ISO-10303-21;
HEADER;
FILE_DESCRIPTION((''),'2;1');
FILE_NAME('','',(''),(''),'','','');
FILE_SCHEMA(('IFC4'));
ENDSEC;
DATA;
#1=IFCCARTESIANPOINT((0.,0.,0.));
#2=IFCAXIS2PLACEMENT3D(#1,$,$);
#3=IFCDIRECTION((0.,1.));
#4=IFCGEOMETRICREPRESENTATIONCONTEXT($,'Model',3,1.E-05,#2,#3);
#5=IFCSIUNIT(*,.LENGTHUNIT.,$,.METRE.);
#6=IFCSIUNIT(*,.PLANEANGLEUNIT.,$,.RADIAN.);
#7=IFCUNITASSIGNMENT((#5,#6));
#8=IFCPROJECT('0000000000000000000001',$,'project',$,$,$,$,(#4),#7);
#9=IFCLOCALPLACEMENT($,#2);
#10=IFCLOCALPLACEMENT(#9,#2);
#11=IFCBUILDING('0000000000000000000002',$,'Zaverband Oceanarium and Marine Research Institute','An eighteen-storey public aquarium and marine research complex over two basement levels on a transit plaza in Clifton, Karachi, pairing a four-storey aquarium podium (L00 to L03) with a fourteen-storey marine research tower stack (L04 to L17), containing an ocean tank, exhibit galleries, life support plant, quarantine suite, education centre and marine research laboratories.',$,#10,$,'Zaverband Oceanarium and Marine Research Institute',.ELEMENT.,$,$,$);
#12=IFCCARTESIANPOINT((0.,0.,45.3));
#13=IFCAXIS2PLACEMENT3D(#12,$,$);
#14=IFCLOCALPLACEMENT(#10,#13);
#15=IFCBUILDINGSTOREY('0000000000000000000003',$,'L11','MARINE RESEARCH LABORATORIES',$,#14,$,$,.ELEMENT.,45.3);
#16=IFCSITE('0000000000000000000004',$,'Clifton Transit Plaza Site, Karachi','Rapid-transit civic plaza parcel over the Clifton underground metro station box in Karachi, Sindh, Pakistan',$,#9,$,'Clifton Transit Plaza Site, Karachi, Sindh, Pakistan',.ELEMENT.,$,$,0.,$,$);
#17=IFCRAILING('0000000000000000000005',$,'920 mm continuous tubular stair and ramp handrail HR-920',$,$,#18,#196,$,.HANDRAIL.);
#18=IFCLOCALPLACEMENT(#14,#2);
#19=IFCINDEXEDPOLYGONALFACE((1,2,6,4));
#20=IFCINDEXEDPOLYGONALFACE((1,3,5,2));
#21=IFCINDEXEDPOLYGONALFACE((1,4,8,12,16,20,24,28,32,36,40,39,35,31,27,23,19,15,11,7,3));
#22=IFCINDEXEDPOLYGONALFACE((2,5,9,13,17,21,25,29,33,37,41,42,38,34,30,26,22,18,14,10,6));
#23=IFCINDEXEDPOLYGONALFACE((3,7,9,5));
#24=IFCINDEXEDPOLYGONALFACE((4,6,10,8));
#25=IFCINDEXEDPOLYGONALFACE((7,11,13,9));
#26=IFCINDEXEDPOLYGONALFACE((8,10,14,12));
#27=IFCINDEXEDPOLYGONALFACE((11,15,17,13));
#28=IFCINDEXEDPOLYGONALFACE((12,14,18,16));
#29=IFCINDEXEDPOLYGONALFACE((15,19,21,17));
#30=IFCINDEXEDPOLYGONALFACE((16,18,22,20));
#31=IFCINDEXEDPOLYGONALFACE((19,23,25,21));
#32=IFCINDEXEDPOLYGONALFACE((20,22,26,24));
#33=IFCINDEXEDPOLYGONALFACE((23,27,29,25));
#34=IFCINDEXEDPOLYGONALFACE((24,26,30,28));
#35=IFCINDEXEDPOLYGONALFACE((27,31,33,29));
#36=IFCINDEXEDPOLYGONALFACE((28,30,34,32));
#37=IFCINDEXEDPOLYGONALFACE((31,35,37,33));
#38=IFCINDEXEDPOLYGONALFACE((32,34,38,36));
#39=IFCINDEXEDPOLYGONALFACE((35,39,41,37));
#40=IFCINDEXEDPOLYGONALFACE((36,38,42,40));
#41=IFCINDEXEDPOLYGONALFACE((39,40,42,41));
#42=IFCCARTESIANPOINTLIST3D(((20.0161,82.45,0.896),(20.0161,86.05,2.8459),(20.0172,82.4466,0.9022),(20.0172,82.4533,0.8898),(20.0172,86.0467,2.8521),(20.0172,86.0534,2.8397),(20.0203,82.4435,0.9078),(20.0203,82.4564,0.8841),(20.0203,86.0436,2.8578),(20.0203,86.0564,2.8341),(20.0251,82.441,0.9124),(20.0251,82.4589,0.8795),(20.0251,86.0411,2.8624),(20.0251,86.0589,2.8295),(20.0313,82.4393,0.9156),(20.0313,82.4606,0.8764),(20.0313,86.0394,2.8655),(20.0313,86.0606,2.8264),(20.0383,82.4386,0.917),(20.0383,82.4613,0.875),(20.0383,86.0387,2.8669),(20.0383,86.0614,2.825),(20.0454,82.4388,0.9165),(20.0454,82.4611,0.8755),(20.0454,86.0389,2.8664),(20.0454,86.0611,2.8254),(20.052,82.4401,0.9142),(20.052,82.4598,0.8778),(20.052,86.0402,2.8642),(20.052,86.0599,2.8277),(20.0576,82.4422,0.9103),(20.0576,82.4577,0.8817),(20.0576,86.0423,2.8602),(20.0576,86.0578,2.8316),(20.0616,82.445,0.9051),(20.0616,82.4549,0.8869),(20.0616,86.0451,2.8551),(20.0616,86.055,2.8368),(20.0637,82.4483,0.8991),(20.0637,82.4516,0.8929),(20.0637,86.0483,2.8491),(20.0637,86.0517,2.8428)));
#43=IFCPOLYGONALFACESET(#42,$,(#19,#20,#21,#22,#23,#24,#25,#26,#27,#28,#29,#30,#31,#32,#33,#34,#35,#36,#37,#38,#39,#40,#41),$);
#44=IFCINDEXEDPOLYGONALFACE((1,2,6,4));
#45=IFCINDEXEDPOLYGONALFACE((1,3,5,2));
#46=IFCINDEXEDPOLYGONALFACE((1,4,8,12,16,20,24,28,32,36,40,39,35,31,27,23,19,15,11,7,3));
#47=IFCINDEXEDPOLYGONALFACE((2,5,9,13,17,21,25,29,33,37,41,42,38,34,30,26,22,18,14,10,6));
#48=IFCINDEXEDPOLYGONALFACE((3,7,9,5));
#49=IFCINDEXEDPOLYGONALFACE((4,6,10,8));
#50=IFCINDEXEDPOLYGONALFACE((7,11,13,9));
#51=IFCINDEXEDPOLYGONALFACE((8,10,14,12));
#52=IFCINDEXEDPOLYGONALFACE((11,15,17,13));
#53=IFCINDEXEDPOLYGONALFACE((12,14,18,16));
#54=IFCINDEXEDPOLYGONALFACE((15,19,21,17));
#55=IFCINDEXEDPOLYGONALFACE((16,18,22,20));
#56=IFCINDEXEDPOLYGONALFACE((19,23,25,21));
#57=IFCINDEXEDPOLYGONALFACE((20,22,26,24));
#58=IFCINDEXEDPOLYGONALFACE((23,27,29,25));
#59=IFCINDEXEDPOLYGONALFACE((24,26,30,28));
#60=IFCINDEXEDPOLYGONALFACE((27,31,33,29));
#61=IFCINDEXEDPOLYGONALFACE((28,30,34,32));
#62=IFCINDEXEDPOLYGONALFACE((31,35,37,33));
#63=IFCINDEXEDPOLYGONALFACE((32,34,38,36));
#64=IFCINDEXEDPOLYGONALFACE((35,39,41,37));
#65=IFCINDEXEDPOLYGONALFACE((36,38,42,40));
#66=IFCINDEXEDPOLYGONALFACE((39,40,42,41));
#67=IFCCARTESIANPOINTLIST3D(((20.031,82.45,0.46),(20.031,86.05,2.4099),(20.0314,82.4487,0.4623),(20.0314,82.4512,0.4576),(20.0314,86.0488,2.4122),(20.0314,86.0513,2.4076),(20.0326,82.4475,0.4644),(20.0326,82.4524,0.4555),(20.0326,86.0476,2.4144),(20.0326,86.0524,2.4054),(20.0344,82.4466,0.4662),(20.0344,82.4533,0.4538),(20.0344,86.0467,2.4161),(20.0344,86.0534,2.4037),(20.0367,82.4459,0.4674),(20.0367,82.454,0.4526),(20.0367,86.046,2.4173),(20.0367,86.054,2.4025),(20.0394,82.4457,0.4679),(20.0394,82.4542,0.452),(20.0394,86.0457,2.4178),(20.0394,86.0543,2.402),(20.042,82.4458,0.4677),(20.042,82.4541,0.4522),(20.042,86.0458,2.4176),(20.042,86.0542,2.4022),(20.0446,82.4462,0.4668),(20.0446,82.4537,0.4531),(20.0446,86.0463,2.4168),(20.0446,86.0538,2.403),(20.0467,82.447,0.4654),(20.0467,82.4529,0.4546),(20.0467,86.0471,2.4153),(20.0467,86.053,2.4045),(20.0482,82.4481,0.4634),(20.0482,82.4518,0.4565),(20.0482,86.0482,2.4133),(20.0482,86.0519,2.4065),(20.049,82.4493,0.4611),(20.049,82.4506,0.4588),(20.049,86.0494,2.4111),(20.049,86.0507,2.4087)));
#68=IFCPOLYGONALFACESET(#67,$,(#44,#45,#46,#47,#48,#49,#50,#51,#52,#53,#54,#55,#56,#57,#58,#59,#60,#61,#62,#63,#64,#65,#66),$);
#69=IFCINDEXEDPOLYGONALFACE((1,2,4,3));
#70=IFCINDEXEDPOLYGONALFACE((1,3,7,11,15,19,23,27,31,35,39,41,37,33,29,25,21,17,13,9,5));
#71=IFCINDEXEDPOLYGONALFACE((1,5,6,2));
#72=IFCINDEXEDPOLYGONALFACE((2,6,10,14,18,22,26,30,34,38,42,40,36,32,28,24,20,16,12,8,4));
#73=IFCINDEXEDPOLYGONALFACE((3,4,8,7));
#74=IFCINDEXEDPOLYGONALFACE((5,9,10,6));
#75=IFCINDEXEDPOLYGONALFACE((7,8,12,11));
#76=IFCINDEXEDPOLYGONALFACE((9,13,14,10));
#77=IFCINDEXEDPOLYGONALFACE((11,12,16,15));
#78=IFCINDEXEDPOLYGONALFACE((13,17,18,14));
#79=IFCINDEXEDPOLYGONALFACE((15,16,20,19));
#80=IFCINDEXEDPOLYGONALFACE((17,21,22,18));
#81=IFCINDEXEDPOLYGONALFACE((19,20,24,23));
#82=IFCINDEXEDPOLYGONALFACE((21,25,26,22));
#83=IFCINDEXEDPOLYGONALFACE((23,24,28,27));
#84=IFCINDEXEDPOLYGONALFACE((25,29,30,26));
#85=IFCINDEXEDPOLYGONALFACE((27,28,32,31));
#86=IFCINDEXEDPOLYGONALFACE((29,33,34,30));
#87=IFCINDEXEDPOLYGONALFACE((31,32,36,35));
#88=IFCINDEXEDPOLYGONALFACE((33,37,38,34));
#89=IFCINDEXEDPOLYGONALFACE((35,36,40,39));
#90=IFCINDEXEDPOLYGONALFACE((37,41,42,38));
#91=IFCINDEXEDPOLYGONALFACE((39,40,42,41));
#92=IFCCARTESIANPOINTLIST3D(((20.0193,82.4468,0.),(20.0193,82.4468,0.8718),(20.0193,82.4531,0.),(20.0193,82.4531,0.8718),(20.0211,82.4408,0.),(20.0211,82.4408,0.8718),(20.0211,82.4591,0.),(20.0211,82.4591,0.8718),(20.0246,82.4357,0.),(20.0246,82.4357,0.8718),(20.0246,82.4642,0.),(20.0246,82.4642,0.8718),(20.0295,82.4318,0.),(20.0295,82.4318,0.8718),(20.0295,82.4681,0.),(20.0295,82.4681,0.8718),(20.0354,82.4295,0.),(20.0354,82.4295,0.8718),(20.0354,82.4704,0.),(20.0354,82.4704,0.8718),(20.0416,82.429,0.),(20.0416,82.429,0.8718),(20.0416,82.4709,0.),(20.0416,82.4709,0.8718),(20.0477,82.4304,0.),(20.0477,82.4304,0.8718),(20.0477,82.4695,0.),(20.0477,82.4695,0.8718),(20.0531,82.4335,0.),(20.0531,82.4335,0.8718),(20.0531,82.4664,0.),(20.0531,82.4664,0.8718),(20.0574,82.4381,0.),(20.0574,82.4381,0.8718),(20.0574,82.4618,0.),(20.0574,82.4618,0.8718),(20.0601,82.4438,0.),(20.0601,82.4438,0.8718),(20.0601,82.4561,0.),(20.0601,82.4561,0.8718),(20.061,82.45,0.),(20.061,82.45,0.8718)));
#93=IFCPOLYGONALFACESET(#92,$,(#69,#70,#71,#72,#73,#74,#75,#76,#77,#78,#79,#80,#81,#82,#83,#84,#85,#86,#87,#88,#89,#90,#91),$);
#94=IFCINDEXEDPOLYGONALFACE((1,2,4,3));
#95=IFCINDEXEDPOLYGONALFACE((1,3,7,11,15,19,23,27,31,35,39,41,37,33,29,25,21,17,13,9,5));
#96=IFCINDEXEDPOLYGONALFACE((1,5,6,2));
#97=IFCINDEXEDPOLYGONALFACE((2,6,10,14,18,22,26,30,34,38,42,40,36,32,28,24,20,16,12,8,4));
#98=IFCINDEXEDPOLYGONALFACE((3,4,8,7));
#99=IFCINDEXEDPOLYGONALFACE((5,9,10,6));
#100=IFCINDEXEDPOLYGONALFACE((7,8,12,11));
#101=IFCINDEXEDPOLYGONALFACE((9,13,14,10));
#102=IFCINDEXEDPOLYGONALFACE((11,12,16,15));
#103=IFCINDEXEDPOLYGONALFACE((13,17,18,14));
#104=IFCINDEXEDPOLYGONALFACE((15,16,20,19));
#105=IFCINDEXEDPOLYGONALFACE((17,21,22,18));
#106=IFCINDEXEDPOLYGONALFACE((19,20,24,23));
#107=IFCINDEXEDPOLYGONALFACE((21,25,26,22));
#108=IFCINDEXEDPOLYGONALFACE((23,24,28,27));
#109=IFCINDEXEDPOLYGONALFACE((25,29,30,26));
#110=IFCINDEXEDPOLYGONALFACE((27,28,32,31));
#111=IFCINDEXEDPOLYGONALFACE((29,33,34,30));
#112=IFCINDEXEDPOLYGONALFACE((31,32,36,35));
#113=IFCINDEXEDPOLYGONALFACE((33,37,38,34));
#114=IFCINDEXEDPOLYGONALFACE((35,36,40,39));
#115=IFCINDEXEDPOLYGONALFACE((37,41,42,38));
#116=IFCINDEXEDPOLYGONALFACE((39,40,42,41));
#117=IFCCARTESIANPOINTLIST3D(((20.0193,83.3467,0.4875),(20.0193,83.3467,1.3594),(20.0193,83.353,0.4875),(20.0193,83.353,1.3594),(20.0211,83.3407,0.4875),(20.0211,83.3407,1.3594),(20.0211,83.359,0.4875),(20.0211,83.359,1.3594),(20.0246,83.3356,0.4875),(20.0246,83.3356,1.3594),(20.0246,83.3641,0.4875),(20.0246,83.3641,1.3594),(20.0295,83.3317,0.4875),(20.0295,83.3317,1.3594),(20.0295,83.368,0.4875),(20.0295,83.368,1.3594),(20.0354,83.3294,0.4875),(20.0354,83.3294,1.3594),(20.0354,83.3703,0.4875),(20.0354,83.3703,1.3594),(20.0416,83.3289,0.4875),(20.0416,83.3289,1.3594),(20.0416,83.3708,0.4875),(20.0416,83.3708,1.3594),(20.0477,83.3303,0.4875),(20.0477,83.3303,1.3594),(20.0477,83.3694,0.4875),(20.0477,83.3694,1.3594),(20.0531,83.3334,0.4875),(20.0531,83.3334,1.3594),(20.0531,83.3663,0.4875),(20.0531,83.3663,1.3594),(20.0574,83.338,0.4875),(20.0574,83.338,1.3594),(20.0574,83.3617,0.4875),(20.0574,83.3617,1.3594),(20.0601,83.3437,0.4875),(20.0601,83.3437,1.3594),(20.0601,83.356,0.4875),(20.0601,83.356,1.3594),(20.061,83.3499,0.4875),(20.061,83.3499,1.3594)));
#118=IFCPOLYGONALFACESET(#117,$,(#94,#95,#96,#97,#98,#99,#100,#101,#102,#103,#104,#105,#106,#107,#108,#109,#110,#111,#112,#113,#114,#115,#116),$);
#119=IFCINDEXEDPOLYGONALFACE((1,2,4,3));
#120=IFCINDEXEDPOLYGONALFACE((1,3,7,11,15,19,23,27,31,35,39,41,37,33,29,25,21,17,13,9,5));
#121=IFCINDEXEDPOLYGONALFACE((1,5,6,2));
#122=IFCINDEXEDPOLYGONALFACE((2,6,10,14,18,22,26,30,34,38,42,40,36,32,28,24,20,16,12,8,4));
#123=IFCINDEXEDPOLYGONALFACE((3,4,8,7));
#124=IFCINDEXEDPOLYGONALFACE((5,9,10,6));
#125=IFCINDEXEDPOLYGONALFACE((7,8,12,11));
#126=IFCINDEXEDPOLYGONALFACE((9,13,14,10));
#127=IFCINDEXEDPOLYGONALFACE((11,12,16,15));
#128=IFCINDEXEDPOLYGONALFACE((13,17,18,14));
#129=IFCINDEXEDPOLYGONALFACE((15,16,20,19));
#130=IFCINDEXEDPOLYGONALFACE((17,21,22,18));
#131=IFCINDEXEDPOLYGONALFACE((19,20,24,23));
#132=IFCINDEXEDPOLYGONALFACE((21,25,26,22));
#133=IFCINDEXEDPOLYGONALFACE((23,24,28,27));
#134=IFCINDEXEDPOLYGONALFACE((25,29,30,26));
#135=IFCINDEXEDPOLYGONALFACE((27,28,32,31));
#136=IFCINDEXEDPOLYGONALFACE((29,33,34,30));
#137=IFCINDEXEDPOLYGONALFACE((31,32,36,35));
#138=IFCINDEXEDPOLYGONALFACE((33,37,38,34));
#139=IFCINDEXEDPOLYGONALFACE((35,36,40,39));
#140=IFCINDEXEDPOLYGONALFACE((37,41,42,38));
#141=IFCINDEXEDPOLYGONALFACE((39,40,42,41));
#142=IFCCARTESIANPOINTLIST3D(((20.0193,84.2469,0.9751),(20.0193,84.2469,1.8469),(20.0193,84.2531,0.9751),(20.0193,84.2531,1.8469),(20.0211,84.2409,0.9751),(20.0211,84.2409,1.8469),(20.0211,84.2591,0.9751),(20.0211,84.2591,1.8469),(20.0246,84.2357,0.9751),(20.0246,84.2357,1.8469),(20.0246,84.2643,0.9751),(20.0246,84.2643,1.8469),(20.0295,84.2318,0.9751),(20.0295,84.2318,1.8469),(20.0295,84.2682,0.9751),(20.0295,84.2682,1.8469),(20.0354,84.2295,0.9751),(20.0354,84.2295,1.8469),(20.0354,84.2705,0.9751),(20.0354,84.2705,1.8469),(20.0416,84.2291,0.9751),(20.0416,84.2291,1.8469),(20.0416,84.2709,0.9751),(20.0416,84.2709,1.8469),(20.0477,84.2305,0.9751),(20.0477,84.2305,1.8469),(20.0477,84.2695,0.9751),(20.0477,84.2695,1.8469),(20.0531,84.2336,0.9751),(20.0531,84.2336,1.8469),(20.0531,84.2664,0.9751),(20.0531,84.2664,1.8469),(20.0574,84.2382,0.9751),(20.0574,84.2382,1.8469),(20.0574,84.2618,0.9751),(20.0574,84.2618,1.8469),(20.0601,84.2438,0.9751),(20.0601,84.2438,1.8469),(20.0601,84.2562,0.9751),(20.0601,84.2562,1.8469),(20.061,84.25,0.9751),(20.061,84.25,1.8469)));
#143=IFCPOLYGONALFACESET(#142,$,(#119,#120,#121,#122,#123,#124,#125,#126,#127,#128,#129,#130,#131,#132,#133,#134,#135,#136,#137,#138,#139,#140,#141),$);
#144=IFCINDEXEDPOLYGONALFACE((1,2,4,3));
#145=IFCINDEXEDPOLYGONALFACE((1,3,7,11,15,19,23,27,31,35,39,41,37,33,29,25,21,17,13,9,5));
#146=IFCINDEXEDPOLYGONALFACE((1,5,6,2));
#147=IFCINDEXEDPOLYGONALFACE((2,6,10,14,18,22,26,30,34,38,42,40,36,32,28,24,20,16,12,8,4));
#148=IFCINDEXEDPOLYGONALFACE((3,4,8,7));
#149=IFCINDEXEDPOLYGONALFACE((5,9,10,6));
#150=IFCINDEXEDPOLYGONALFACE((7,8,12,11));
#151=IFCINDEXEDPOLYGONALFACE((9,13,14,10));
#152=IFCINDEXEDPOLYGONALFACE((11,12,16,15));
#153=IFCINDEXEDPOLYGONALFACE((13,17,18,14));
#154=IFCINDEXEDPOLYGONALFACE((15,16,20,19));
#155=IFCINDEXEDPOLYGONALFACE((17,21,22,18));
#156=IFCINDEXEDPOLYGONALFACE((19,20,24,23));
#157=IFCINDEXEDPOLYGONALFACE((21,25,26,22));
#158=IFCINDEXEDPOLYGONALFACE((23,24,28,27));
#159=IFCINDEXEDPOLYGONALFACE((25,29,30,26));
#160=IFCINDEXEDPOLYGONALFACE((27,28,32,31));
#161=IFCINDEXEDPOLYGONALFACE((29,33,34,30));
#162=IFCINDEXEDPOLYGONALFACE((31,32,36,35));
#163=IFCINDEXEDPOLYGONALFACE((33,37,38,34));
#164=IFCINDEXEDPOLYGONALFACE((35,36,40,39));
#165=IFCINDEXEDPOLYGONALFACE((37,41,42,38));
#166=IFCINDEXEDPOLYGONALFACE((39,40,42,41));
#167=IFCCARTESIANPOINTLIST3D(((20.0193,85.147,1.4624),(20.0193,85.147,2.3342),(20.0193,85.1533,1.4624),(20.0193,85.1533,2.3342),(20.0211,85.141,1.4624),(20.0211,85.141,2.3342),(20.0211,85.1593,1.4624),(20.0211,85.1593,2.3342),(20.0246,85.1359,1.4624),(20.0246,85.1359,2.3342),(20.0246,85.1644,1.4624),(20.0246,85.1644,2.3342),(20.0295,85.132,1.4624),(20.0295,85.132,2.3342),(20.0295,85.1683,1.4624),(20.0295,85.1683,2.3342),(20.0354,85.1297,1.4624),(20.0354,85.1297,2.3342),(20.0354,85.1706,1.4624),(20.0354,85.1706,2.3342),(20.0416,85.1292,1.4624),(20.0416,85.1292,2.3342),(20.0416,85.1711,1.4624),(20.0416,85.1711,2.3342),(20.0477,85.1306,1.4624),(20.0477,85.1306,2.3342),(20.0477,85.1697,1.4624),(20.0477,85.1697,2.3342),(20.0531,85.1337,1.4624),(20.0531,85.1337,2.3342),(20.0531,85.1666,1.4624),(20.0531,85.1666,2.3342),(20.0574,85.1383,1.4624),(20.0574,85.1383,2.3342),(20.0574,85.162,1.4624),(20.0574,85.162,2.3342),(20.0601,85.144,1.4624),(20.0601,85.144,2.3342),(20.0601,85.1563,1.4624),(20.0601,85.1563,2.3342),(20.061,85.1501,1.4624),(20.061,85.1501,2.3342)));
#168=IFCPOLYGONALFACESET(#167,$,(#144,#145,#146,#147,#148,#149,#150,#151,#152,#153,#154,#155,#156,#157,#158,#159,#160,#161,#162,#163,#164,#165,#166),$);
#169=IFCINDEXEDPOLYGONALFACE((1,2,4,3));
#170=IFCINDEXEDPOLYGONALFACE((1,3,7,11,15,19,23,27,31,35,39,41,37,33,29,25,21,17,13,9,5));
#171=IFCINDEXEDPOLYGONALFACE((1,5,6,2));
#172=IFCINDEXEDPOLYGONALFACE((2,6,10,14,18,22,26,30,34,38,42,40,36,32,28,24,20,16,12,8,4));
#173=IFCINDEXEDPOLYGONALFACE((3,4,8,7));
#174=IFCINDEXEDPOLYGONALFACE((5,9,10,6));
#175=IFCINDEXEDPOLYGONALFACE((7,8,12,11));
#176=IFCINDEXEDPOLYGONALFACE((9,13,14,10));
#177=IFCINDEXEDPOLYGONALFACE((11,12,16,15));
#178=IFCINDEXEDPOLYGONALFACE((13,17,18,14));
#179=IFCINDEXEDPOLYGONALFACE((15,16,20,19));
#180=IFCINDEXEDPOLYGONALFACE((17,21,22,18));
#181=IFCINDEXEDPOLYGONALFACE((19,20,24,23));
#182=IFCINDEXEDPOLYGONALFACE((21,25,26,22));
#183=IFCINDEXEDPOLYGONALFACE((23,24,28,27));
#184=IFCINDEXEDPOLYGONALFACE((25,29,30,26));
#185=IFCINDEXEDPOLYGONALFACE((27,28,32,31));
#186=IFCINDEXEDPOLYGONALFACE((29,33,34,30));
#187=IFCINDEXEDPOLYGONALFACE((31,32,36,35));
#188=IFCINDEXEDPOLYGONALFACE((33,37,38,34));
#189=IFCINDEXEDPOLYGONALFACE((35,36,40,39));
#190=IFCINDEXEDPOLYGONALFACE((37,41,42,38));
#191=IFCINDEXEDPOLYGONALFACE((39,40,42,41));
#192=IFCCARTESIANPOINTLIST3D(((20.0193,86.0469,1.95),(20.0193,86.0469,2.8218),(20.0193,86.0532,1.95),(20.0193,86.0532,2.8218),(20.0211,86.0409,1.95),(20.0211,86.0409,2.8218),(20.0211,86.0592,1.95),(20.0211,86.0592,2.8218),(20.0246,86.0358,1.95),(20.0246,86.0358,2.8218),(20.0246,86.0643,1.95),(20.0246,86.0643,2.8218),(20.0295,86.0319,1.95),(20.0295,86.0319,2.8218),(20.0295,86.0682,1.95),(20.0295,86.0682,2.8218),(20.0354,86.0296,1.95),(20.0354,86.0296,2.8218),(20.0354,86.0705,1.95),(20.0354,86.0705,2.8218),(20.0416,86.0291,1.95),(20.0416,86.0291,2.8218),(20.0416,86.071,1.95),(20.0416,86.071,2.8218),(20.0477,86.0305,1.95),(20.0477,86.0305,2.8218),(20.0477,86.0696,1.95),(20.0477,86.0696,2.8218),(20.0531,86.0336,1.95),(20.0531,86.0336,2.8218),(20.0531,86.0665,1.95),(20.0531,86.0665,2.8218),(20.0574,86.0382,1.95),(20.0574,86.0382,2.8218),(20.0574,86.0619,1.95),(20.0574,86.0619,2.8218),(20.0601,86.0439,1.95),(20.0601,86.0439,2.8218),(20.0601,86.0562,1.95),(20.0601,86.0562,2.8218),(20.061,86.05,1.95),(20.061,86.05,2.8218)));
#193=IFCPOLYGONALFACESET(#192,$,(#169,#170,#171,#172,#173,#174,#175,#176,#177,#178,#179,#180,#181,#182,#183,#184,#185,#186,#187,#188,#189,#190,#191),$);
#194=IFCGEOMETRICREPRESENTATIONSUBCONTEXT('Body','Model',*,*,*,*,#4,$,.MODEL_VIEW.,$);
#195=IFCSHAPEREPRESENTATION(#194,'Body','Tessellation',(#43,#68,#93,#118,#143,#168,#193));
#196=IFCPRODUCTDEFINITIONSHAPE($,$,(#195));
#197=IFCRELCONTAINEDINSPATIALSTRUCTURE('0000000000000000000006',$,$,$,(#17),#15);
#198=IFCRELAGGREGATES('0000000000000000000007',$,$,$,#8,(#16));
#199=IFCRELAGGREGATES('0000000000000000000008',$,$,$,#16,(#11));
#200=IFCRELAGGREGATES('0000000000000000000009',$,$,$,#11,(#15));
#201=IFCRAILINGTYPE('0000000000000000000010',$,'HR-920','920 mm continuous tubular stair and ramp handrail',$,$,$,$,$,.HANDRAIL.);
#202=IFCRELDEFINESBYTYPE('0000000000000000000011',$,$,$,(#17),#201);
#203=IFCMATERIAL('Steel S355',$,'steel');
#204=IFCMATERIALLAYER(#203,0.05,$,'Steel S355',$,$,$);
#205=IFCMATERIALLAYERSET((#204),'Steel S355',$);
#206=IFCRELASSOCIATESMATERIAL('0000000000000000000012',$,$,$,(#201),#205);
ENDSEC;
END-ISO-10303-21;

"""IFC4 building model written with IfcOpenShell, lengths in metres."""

from ifc_helpers import new_model, si_unit, direction, frame, origin, origin_2d, place, context, subcontext, project, spatial, circle, extrude, material, layer, layer_set, type_object, element, save


model = new_model("IFC4")

# Units and contexts
model_context = context("Model", 3, precision=1e-05, world=origin(), true_north=direction((0.0, 1.0)))
body_context = subcontext(model_context, "Body", "Model", "MODEL_VIEW")
ifc_project = project(units=[si_unit("LENGTHUNIT", "METRE"), si_unit("PLANEANGLEUNIT", "RADIAN")], contexts=[model_context])

# Site, building, storey
site_placement = place(None, origin())
site = spatial("IfcSite", under=ifc_project, at=site_placement, Name="Clifton Transit Plaza Site, Karachi", Description="Rapid-transit civic plaza parcel over the Clifton underground metro station box in Karachi, Sindh, Pakistan", LongName="Clifton Transit Plaza Site, Karachi, Sindh, Pakistan", CompositionType="ELEMENT", RefElevation=0.0)
building_placement = place(site_placement, origin())
building = spatial("IfcBuilding", under=site, at=building_placement, Name="Zaverband Oceanarium and Marine Research Institute", Description="An eighteen-storey public aquarium and marine research complex over two basement levels on a transit plaza in Clifton, Karachi, pairing a four-storey aquarium podium (L00 to L03) with a fourteen-storey marine research tower stack (L04 to L17), containing an ocean tank, exhibit galleries, life support plant, quarantine suite, education centre and marine research laboratories.", LongName="Zaverband Oceanarium and Marine Research Institute", CompositionType="ELEMENT")
storey_placement = place(building_placement, frame((0.0, 0.0, 45.3)))
storey = spatial("IfcBuildingStorey", under=building, at=storey_placement, Name="L11", Description="MARINE RESEARCH LABORATORIES", CompositionType="ELEMENT", Elevation=45.3)

# Shared definitions
ifc_material_1 = material(Name="Steel S355", Category="steel")

# Railing
ifc_layer_1 = layer(ifc_material_1, 0.05, Name="Steel S355")
ifc_layer_set_1 = layer_set([ifc_layer_1], Name="Steel S355")
railing_type_1 = type_object("IfcRailingType", Name="HR-920", Description="920 mm continuous tubular stair and ramp handrail", PredefinedType="HANDRAIL", material=ifc_layer_set_1)
railing_1_placement = place(storey_placement, frame((20.04, 82.45, 0.0)))
element("IfcRailing", 1, at=railing_1_placement, inside=storey, type_object=railing_type_1, Name="920 mm continuous tubular stair and ramp handrail HR-920", PredefinedType="HANDRAIL", context=body_context, shape_type="SweptSolid", body=[
    extrude(circle(Radius=0.0239, at=origin_2d()), frame((0.0, 0.0, 0.896), z_axis=(0.0, 0.879302, 0.476264), x_axis=(-1.0, 0.0, 0.0)), (0.0, 0.0, 1.0), 4.0942),
    extrude(circle(Radius=0.009, at=origin_2d()), frame((0.0, 0.0, 0.46), z_axis=(0.0, 0.879302, 0.476264), x_axis=(-1.0, 0.0, 0.0)), (0.0, 0.0, 1.0), 4.0942),
    extrude(circle(Radius=0.021, at=origin_2d()), origin(), (0.0, 0.0, 1.0), 0.8718),
    extrude(circle(Radius=0.021, at=origin_2d()), frame((0.0, 0.8999, 0.4875)), (0.0, 0.0, 1.0), 0.8718),
    extrude(circle(Radius=0.021, at=origin_2d()), frame((0.0, 1.8, 0.9751)), (0.0, 0.0, 1.0), 0.8718),
    extrude(circle(Radius=0.021, at=origin_2d()), frame((0.0, 2.7002, 1.4624)), (0.0, 0.0, 1.0), 0.8718),
    extrude(circle(Radius=0.021, at=origin_2d()), frame((0.0, 3.6001, 1.95)), (0.0, 0.0, 1.0), 0.8718),
])

save(model, "model.ifc")
